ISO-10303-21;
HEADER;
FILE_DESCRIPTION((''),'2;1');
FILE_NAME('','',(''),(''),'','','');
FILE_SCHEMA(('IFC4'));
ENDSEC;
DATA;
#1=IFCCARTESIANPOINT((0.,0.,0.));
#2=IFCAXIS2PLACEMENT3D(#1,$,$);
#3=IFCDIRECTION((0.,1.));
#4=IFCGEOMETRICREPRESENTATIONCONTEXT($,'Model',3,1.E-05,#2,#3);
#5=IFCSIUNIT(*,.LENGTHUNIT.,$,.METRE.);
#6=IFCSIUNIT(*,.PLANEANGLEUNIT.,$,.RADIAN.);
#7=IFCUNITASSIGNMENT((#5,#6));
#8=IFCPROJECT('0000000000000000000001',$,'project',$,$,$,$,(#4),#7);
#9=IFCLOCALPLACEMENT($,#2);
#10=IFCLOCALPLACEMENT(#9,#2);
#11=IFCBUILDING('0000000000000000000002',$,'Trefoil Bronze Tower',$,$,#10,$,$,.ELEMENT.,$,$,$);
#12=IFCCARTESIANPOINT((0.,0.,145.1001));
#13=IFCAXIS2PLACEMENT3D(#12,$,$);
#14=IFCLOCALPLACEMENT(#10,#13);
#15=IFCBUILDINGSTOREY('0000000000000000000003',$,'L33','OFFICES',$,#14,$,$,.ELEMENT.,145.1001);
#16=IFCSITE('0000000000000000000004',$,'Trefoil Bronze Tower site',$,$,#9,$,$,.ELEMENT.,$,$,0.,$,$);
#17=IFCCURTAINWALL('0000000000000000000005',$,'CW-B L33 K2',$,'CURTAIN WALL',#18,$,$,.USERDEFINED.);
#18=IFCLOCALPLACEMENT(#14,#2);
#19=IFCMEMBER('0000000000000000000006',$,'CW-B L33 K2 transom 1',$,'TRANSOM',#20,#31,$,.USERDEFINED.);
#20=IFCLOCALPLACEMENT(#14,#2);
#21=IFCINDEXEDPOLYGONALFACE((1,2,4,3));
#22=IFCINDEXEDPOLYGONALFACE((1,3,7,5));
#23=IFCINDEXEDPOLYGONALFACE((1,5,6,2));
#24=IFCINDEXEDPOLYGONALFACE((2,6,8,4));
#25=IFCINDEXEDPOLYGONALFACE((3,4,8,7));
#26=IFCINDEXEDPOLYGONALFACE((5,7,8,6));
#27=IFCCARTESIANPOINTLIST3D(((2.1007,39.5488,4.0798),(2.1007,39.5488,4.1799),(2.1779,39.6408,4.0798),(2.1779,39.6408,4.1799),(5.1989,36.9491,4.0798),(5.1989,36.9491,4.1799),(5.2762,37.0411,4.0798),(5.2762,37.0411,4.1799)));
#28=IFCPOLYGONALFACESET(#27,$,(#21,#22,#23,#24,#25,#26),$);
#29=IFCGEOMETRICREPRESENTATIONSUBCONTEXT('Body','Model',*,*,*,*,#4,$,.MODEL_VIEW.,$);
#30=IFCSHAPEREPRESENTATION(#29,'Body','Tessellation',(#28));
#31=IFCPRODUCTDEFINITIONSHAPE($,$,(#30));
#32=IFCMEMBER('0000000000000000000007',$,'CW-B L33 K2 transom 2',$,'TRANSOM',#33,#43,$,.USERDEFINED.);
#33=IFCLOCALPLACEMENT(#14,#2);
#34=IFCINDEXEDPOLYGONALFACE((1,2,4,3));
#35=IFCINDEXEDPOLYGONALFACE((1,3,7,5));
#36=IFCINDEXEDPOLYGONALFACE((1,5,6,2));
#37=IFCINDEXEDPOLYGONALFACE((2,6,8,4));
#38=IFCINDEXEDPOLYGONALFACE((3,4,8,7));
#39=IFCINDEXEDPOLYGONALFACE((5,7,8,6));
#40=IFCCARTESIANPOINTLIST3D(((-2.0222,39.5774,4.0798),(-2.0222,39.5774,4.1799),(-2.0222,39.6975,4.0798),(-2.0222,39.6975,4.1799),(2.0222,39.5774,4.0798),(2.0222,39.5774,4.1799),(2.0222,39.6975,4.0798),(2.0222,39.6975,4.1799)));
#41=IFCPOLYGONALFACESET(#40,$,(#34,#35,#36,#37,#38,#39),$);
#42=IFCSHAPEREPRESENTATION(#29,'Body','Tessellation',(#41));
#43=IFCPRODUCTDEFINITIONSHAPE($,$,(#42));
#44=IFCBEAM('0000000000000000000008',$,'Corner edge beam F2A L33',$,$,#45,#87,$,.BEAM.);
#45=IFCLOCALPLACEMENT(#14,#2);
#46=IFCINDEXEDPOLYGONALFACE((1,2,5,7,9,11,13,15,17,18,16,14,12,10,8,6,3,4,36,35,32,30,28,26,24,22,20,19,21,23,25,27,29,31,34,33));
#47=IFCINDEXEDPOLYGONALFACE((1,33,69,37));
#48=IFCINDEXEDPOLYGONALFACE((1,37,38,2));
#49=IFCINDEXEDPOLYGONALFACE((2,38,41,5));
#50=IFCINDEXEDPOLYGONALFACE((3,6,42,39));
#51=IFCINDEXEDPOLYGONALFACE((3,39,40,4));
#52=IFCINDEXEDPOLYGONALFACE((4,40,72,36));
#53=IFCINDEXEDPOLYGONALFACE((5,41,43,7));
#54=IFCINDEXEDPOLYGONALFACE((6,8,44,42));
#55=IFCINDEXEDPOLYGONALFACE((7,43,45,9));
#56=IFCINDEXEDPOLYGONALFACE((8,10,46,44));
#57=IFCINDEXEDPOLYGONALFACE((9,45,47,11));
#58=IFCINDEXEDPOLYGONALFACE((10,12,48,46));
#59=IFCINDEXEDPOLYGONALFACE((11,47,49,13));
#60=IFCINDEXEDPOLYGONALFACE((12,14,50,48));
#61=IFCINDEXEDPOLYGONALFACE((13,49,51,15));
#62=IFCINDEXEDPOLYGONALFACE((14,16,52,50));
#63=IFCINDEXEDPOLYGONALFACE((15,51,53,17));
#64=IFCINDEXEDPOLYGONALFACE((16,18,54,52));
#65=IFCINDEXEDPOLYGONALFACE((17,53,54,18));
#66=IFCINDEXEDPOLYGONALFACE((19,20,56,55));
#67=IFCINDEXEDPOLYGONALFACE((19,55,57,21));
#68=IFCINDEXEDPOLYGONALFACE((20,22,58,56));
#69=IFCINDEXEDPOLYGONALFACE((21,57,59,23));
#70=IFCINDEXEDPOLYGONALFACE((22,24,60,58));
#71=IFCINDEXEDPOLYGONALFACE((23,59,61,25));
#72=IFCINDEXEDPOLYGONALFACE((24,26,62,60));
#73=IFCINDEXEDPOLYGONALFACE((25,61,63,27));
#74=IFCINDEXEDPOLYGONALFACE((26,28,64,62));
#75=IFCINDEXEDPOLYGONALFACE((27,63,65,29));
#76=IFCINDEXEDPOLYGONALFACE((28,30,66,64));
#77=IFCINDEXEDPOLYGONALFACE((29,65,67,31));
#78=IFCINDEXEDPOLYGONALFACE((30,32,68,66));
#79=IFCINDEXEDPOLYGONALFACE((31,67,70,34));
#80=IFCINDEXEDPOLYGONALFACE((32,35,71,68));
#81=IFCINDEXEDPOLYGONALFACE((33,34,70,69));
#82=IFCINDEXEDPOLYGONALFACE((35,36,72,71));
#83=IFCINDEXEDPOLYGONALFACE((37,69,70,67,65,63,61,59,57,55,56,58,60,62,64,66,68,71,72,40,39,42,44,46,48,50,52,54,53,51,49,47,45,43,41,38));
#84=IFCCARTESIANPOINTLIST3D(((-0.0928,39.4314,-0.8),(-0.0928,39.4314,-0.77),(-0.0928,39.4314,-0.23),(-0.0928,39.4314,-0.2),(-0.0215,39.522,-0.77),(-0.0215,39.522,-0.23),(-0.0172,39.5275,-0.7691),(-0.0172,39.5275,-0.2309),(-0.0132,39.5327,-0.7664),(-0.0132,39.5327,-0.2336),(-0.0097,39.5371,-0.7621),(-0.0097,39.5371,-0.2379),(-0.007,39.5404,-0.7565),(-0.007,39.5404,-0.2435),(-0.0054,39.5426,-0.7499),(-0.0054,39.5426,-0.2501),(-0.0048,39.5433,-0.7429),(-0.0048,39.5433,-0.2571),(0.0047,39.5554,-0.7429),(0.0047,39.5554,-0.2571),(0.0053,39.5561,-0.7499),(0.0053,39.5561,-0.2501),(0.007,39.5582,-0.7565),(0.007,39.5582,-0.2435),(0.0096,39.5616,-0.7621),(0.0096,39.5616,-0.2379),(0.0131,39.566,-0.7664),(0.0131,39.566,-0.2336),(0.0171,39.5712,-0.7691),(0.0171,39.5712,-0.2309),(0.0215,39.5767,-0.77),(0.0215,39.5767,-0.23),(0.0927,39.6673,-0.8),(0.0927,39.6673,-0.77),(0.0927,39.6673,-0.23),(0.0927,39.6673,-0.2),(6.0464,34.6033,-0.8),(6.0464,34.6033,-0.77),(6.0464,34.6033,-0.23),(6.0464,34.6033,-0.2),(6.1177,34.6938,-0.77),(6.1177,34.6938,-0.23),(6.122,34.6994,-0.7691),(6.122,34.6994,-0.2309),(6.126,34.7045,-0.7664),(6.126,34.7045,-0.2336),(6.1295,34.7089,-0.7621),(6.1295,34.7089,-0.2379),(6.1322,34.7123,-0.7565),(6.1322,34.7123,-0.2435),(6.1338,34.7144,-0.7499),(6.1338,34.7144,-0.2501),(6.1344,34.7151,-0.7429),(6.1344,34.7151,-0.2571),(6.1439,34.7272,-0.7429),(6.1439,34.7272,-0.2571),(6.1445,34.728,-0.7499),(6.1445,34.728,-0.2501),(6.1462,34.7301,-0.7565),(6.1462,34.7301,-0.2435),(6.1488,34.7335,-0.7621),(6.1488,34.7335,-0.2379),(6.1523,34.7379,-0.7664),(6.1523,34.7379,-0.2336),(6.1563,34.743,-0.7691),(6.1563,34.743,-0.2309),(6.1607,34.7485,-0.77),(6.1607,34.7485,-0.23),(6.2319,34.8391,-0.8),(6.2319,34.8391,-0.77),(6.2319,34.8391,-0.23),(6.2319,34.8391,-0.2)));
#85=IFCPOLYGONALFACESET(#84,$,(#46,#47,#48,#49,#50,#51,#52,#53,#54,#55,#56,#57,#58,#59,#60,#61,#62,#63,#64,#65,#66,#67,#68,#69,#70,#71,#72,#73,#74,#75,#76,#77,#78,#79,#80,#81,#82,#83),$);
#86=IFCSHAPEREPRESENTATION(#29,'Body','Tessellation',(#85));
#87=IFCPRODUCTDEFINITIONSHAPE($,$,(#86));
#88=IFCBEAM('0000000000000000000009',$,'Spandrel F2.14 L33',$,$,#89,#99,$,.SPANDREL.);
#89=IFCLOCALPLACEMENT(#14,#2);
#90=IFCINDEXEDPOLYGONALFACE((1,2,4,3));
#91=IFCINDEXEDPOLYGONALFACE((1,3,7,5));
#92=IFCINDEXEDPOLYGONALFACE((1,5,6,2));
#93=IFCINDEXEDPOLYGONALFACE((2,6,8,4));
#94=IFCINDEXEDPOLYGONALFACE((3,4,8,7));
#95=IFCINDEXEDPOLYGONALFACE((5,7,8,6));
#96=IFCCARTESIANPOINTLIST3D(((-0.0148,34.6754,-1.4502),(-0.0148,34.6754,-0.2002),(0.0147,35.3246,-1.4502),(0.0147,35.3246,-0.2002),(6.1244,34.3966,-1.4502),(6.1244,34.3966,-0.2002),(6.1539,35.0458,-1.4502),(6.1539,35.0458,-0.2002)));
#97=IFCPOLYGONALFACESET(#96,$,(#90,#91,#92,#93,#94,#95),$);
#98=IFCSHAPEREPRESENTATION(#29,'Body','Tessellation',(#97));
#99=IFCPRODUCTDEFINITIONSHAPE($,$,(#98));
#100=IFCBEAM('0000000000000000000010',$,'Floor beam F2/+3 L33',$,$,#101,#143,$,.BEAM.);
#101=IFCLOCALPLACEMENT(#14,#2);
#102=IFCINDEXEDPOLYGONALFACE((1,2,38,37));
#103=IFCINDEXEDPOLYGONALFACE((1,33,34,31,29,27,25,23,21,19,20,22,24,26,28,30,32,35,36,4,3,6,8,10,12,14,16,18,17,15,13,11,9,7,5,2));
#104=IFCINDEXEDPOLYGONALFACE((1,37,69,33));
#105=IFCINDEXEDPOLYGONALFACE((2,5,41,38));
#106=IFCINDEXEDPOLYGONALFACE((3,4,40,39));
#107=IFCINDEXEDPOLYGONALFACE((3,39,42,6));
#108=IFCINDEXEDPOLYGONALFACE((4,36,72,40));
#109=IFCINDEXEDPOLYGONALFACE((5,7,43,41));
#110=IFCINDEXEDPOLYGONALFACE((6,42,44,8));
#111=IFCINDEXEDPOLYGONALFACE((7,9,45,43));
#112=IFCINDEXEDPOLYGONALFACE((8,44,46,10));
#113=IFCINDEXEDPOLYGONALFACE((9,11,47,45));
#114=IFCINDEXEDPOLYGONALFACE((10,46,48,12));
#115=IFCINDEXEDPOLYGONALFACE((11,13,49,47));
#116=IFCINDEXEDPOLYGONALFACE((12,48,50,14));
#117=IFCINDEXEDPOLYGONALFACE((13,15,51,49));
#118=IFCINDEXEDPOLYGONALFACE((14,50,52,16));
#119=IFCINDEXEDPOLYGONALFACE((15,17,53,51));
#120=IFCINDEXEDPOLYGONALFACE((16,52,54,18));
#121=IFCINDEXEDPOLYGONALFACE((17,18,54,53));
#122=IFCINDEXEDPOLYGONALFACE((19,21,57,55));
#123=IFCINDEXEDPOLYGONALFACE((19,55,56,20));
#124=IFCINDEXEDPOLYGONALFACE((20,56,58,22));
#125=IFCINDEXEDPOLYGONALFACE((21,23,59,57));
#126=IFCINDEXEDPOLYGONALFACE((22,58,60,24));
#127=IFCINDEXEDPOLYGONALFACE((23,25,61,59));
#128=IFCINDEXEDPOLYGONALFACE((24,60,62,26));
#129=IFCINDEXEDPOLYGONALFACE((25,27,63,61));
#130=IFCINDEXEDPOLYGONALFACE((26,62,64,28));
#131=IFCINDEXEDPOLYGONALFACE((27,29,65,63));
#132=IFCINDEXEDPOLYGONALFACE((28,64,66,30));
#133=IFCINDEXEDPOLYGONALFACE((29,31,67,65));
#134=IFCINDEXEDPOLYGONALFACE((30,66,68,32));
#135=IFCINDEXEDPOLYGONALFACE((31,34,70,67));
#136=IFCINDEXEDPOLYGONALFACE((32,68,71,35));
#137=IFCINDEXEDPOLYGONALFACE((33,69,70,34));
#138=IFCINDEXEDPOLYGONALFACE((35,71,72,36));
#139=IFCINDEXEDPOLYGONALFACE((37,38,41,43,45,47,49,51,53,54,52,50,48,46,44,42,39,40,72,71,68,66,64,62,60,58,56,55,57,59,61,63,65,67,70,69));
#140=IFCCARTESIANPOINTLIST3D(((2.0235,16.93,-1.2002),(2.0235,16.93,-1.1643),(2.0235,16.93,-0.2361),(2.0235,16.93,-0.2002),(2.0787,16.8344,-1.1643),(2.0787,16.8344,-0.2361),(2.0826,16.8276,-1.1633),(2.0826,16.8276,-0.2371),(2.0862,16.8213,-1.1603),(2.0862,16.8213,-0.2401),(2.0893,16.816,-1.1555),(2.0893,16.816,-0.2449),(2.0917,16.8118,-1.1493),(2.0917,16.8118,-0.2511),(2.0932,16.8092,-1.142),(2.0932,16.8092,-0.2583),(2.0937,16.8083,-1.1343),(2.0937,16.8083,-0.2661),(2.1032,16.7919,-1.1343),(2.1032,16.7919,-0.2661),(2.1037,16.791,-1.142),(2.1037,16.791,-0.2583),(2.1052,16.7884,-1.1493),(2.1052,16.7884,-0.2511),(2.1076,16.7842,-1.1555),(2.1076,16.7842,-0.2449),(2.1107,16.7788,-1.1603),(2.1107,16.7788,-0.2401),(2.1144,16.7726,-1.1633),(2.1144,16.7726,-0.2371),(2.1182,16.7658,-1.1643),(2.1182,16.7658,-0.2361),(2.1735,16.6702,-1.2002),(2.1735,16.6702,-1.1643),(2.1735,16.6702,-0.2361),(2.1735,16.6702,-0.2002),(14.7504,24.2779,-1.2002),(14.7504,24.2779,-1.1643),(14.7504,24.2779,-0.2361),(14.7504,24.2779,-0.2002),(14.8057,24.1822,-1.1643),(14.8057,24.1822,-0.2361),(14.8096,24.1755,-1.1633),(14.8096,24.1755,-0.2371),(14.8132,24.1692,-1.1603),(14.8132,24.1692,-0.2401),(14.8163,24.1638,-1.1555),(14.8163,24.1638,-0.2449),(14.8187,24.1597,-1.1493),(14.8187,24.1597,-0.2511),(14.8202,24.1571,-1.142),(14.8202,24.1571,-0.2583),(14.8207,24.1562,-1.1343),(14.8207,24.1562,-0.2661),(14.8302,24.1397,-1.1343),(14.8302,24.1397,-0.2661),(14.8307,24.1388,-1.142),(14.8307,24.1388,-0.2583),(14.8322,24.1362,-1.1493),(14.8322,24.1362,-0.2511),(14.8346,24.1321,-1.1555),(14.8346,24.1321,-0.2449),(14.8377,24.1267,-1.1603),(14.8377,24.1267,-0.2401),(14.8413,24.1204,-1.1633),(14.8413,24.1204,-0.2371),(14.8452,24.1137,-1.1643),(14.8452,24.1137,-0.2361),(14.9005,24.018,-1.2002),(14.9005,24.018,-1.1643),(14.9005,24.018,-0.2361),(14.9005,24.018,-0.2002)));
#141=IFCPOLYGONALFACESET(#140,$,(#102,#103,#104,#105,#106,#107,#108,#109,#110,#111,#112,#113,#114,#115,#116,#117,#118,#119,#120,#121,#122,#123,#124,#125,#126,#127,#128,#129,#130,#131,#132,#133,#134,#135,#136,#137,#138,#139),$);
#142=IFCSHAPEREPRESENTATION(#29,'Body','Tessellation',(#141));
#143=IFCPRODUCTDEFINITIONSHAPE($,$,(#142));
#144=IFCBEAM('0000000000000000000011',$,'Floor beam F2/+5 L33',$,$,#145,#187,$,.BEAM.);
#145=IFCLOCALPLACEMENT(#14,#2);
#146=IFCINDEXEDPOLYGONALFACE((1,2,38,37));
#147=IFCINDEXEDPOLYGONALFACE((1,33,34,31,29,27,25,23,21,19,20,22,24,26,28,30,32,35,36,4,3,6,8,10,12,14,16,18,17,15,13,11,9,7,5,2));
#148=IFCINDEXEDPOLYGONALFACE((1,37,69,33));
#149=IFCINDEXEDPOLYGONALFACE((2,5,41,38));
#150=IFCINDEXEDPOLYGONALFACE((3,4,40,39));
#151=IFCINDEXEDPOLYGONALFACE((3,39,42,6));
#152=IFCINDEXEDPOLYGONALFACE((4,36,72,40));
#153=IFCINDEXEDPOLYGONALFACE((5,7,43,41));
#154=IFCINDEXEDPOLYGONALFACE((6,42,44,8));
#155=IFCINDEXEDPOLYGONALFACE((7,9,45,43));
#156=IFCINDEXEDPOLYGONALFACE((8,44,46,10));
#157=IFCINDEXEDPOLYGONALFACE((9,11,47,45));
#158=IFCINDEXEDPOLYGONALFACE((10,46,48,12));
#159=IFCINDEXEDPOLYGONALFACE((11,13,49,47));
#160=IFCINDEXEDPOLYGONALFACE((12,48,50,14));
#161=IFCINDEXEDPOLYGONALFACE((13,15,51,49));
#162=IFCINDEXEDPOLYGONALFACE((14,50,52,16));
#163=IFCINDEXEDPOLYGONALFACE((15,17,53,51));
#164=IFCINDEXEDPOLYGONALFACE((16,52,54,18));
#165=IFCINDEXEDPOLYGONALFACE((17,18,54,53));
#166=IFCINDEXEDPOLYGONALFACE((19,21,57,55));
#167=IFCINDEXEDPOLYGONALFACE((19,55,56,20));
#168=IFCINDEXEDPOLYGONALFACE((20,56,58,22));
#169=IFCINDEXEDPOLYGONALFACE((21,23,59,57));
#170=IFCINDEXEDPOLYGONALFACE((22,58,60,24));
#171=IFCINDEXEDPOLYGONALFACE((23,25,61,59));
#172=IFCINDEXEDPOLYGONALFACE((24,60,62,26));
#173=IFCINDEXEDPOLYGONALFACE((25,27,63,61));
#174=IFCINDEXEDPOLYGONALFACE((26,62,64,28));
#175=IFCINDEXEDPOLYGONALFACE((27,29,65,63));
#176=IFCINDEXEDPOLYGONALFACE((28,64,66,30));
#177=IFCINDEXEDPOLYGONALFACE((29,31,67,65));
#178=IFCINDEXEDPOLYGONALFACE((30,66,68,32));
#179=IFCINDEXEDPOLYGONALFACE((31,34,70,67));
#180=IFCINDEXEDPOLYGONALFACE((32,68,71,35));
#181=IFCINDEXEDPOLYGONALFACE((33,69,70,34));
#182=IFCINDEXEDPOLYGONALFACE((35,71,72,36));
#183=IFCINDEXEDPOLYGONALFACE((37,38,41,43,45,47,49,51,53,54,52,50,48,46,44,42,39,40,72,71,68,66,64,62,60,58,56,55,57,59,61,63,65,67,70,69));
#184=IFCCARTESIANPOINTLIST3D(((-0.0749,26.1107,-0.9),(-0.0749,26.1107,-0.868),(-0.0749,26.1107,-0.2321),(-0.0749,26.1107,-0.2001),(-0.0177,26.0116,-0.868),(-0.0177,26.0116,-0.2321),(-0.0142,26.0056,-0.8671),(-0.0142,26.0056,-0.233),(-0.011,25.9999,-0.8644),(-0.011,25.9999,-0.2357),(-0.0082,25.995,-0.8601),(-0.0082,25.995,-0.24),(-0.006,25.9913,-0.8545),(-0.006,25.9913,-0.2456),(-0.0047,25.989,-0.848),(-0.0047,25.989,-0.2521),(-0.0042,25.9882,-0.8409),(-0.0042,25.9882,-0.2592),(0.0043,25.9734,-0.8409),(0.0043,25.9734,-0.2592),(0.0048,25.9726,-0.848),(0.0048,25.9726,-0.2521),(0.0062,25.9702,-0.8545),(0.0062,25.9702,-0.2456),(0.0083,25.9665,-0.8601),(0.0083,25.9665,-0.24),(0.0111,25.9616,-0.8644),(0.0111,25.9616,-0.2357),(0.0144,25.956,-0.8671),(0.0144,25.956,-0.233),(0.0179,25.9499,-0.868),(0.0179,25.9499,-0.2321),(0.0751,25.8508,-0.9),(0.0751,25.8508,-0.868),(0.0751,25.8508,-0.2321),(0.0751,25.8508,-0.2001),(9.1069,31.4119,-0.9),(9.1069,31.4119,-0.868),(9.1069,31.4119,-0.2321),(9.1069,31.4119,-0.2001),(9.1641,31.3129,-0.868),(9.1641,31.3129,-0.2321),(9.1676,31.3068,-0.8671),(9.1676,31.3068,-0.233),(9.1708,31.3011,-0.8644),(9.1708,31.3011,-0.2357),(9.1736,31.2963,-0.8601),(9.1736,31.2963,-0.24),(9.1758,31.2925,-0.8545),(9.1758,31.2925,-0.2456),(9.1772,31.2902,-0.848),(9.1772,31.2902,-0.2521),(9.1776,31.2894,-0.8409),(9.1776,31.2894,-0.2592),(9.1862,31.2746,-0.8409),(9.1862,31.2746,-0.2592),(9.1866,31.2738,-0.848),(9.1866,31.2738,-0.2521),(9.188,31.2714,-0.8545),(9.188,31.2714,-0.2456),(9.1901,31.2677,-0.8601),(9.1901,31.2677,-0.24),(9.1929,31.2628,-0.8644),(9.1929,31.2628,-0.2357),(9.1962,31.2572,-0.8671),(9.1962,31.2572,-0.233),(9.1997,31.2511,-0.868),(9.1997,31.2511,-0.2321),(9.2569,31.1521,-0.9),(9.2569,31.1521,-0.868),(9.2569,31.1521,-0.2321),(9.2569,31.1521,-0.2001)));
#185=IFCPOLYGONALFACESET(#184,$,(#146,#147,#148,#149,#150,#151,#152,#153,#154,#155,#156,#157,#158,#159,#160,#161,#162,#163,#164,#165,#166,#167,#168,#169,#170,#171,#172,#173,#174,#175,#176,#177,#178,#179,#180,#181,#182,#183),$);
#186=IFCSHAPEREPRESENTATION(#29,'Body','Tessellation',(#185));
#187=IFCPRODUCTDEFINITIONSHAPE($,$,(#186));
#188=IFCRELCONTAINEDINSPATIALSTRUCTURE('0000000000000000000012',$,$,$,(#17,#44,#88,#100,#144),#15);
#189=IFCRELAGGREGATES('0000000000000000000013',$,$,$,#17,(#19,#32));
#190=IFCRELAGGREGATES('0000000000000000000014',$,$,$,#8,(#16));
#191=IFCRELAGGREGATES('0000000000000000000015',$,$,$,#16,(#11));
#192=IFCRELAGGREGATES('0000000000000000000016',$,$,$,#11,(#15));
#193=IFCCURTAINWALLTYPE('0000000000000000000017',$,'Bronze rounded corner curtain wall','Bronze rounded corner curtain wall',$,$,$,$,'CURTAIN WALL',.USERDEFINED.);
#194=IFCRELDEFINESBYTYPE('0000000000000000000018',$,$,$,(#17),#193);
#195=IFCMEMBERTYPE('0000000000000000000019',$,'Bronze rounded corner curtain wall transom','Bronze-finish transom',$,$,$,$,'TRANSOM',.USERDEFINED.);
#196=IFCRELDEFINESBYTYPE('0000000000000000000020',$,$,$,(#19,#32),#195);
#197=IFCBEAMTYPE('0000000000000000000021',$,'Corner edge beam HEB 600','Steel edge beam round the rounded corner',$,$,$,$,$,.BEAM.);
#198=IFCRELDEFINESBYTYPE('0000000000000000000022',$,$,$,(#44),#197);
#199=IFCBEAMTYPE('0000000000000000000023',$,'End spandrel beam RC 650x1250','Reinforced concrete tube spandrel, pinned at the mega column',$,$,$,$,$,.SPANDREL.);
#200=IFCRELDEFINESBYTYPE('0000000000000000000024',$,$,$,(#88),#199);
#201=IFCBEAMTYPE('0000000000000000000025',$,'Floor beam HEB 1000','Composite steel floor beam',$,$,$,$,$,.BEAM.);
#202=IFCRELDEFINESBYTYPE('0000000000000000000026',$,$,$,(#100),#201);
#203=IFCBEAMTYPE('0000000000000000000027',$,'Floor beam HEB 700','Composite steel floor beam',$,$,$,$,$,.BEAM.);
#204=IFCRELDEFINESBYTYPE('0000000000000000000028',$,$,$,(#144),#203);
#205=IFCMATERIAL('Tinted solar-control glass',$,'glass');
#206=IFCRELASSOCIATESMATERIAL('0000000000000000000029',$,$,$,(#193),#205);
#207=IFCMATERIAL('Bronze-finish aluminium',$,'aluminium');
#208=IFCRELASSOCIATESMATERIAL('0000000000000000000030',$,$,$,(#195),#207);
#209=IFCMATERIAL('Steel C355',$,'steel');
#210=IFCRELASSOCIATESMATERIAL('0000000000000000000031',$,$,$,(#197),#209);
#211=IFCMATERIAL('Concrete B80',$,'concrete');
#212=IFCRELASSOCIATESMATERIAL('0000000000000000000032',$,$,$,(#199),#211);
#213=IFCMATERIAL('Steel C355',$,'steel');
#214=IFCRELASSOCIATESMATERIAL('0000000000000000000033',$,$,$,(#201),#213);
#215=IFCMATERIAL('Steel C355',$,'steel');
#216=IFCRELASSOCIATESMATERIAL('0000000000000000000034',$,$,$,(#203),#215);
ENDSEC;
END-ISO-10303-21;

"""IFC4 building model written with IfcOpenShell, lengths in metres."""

from ifc_helpers import new_model, si_unit, direction, frame, origin, origin_2d, place, context, subcontext, project, spatial, rectangle, i_section, extrude, material, material_profile, profile_set, type_object, element, aggregate, save


model = new_model("IFC4")

# Units and contexts
model_context = context("Model", 3, precision=1e-05, world=origin(), true_north=direction((0.0, 1.0)))
body_context = subcontext(model_context, "Body", "Model", "MODEL_VIEW")
ifc_project = project(units=[si_unit("LENGTHUNIT", "METRE"), si_unit("PLANEANGLEUNIT", "RADIAN")], contexts=[model_context])

# Site, building, storey
site_placement = place(None, origin())
site = spatial("IfcSite", under=ifc_project, at=site_placement, Name="Trefoil Bronze Tower site", CompositionType="ELEMENT", RefElevation=0.0)
building_placement = place(site_placement, origin())
building = spatial("IfcBuilding", under=site, at=building_placement, Name="Trefoil Bronze Tower", CompositionType="ELEMENT")
storey_placement = place(building_placement, frame((0.0, 0.0, 145.1001)))
storey = spatial("IfcBuildingStorey", under=building, at=storey_placement, Name="L33", Description="OFFICES", CompositionType="ELEMENT", Elevation=145.1001)

# Curtain wall, members
ifc_material_1 = material(Name="Tinted solar-control glass", Category="glass")
curtain_wall_type_1 = type_object("IfcCurtainWallType", Name="Bronze rounded corner curtain wall", Description="Bronze rounded corner curtain wall", ElementType="CURTAIN WALL", PredefinedType="USERDEFINED", material=ifc_material_1)
curtain_wall_1_placement = place(storey_placement, origin())
curtain_wall_1 = element("IfcCurtainWall", 1, at=curtain_wall_1_placement, inside=storey, type_object=curtain_wall_type_1, Name="CW-B L33 K2", ObjectType="CURTAIN WALL", PredefinedType="USERDEFINED")
ifc_material_2 = material(Name="Bronze-finish aluminium", Category="aluminium")
ifc_material_profile_1 = material_profile(ifc_material_2, rectangle(XDim=0.1201, YDim=0.1001, at=origin_2d()), Name="CW-B transom")
ifc_profile_set_1 = profile_set([ifc_material_profile_1], Name="Bronze-finish aluminium")
member_type_1 = type_object("IfcMemberType", Name="Bronze rounded corner curtain wall transom", Description="Bronze-finish transom", ElementType="TRANSOM", PredefinedType="USERDEFINED", material=ifc_profile_set_1)
member_1_placement = place(storey_placement, frame((5.2375, 36.9951, 4.1299), z_axis=(-0.76605, 0.642781, 0.0), x_axis=(-0.642781, -0.76605, 0.0)))
member_1 = element("IfcMember", 2, at=member_1_placement, type_object=member_type_1, Name="CW-B L33 K2 transom 1", ObjectType="TRANSOM", PredefinedType="USERDEFINED", context=body_context, shape_type="SweptSolid", body=[
    extrude(rectangle(XDim=0.1201, YDim=0.1001, at=origin_2d()), origin(), (0.0, 0.0, 1.0), 4.0444),
])
member_2_placement = place(storey_placement, frame((2.0222, 39.6375, 4.1299), z_axis=(-1.0, 0.0, 0.0), x_axis=(0.0, -1.0, 0.0)))
member_2 = element("IfcMember", 3, at=member_2_placement, type_object=member_type_1, Name="CW-B L33 K2 transom 2", ObjectType="TRANSOM", PredefinedType="USERDEFINED", context=body_context, shape_type="SweptSolid", body=[
    extrude(rectangle(XDim=0.1201, YDim=0.1001, at=origin_2d()), origin(), (0.0, 0.0, 1.0), 4.0444),
])

# Beams
ifc_material_3 = material(Name="Steel C355", Category="steel")
ifc_material_profile_2 = material_profile(ifc_material_3, i_section(OverallWidth=0.3, OverallDepth=0.6001, WebThickness=0.0154, FlangeThickness=0.03, FilletRadius=0.0271, at=origin_2d()), Name="HEB 600")
ifc_profile_set_2 = profile_set([ifc_material_profile_2], Name="Steel C355")
beam_type_1 = type_object("IfcBeamType", Name="Corner edge beam HEB 600", Description="Steel edge beam round the rounded corner", PredefinedType="BEAM", material=ifc_profile_set_2)
beam_1_placement = place(storey_placement, frame((6.1392, 34.7212, -0.5), z_axis=(-0.786038, 0.618178, 0.0), x_axis=(-0.618178, -0.786038, 0.0)))
element("IfcBeam", 4, at=beam_1_placement, inside=storey, type_object=beam_type_1, Name="Corner edge beam F2A L33", PredefinedType="BEAM", context=body_context, shape_type="SweptSolid", body=[
    extrude(i_section(OverallWidth=0.3, OverallDepth=0.6001, WebThickness=0.0154, FlangeThickness=0.03, FilletRadius=0.0271, at=origin_2d()), origin(), (0.0, 0.0, 1.0), 7.8103),
])
ifc_material_4 = material(Name="Concrete B80", Category="concrete")
ifc_material_profile_3 = material_profile(ifc_material_4, rectangle(XDim=0.6499, YDim=1.25, at=origin_2d()), Name="RC 650x1250")
ifc_profile_set_3 = profile_set([ifc_material_profile_3], Name="Concrete B80")
beam_type_2 = type_object("IfcBeamType", Name="End spandrel beam RC 650x1250", Description="Reinforced concrete tube spandrel, pinned at the mega column", PredefinedType="SPANDREL", material=ifc_profile_set_3)
beam_2_placement = place(storey_placement, frame((6.1392, 34.7212, -0.8252), z_axis=(-0.99897, 0.045368, 0.0), x_axis=(-0.045368, -0.99897, 0.0)))
element("IfcBeam", 5, at=beam_2_placement, inside=storey, type_object=beam_type_2, Name="Spandrel F2.14 L33", PredefinedType="SPANDREL", context=body_context, shape_type="SweptSolid", body=[
    extrude(rectangle(XDim=0.6499, YDim=1.25, at=origin_2d()), origin(), (0.0, 0.0, 1.0), 6.1455),
])
ifc_material_5 = material(Name="Steel C355", Category="steel")
ifc_material_profile_4 = material_profile(ifc_material_5, i_section(OverallWidth=0.3, OverallDepth=1.0, WebThickness=0.019, FlangeThickness=0.0359, FilletRadius=0.03, at=origin_2d()), Name="HEB 1000")
ifc_profile_set_4 = profile_set([ifc_material_profile_4], Name="Steel C355")
beam_type_3 = type_object("IfcBeamType", Name="Floor beam HEB 1000", Description="Composite steel floor beam", PredefinedType="BEAM", material=ifc_profile_set_4)
beam_3_placement = place(storey_placement, frame((14.8254, 24.1479, -0.7002), z_axis=(-0.866027, -0.499997, 0.0), x_axis=(0.499997, -0.866027, 0.0)))
element("IfcBeam", 6, at=beam_3_placement, inside=storey, type_object=beam_type_3, Name="Floor beam F2/+3 L33", PredefinedType="BEAM", context=body_context, shape_type="SweptSolid", body=[
    extrude(i_section(OverallWidth=0.3, OverallDepth=1.0, WebThickness=0.019, FlangeThickness=0.0359, FilletRadius=0.03, at=origin_2d()), origin(), (0.0, 0.0, 1.0), 14.6958),
])
ifc_material_6 = material(Name="Steel C355", Category="steel")
ifc_material_profile_5 = material_profile(ifc_material_6, i_section(OverallWidth=0.3, OverallDepth=0.7, WebThickness=0.0171, FlangeThickness=0.032, FilletRadius=0.0271, at=origin_2d()), Name="HEB 700")
ifc_profile_set_5 = profile_set([ifc_material_profile_5], Name="Steel C355")
beam_type_4 = type_object("IfcBeamType", Name="Floor beam HEB 700", Description="Composite steel floor beam", PredefinedType="BEAM", material=ifc_profile_set_5)
beam_4_placement = place(storey_placement, frame((9.1819, 31.282, -0.55), z_axis=(-0.866021, -0.500007, 0.0), x_axis=(0.500007, -0.866021, 0.0)))
element("IfcBeam", 7, at=beam_4_placement, inside=storey, type_object=beam_type_4, Name="Floor beam F2/+5 L33", PredefinedType="BEAM", context=body_context, shape_type="SweptSolid", body=[
    extrude(i_section(OverallWidth=0.3, OverallDepth=0.7, WebThickness=0.0171, FlangeThickness=0.032, FilletRadius=0.0271, at=origin_2d()), origin(), (0.0, 0.0, 1.0), 10.6023),
])

aggregate(curtain_wall_1, [member_1, member_2])

save(model, "model.ifc")
